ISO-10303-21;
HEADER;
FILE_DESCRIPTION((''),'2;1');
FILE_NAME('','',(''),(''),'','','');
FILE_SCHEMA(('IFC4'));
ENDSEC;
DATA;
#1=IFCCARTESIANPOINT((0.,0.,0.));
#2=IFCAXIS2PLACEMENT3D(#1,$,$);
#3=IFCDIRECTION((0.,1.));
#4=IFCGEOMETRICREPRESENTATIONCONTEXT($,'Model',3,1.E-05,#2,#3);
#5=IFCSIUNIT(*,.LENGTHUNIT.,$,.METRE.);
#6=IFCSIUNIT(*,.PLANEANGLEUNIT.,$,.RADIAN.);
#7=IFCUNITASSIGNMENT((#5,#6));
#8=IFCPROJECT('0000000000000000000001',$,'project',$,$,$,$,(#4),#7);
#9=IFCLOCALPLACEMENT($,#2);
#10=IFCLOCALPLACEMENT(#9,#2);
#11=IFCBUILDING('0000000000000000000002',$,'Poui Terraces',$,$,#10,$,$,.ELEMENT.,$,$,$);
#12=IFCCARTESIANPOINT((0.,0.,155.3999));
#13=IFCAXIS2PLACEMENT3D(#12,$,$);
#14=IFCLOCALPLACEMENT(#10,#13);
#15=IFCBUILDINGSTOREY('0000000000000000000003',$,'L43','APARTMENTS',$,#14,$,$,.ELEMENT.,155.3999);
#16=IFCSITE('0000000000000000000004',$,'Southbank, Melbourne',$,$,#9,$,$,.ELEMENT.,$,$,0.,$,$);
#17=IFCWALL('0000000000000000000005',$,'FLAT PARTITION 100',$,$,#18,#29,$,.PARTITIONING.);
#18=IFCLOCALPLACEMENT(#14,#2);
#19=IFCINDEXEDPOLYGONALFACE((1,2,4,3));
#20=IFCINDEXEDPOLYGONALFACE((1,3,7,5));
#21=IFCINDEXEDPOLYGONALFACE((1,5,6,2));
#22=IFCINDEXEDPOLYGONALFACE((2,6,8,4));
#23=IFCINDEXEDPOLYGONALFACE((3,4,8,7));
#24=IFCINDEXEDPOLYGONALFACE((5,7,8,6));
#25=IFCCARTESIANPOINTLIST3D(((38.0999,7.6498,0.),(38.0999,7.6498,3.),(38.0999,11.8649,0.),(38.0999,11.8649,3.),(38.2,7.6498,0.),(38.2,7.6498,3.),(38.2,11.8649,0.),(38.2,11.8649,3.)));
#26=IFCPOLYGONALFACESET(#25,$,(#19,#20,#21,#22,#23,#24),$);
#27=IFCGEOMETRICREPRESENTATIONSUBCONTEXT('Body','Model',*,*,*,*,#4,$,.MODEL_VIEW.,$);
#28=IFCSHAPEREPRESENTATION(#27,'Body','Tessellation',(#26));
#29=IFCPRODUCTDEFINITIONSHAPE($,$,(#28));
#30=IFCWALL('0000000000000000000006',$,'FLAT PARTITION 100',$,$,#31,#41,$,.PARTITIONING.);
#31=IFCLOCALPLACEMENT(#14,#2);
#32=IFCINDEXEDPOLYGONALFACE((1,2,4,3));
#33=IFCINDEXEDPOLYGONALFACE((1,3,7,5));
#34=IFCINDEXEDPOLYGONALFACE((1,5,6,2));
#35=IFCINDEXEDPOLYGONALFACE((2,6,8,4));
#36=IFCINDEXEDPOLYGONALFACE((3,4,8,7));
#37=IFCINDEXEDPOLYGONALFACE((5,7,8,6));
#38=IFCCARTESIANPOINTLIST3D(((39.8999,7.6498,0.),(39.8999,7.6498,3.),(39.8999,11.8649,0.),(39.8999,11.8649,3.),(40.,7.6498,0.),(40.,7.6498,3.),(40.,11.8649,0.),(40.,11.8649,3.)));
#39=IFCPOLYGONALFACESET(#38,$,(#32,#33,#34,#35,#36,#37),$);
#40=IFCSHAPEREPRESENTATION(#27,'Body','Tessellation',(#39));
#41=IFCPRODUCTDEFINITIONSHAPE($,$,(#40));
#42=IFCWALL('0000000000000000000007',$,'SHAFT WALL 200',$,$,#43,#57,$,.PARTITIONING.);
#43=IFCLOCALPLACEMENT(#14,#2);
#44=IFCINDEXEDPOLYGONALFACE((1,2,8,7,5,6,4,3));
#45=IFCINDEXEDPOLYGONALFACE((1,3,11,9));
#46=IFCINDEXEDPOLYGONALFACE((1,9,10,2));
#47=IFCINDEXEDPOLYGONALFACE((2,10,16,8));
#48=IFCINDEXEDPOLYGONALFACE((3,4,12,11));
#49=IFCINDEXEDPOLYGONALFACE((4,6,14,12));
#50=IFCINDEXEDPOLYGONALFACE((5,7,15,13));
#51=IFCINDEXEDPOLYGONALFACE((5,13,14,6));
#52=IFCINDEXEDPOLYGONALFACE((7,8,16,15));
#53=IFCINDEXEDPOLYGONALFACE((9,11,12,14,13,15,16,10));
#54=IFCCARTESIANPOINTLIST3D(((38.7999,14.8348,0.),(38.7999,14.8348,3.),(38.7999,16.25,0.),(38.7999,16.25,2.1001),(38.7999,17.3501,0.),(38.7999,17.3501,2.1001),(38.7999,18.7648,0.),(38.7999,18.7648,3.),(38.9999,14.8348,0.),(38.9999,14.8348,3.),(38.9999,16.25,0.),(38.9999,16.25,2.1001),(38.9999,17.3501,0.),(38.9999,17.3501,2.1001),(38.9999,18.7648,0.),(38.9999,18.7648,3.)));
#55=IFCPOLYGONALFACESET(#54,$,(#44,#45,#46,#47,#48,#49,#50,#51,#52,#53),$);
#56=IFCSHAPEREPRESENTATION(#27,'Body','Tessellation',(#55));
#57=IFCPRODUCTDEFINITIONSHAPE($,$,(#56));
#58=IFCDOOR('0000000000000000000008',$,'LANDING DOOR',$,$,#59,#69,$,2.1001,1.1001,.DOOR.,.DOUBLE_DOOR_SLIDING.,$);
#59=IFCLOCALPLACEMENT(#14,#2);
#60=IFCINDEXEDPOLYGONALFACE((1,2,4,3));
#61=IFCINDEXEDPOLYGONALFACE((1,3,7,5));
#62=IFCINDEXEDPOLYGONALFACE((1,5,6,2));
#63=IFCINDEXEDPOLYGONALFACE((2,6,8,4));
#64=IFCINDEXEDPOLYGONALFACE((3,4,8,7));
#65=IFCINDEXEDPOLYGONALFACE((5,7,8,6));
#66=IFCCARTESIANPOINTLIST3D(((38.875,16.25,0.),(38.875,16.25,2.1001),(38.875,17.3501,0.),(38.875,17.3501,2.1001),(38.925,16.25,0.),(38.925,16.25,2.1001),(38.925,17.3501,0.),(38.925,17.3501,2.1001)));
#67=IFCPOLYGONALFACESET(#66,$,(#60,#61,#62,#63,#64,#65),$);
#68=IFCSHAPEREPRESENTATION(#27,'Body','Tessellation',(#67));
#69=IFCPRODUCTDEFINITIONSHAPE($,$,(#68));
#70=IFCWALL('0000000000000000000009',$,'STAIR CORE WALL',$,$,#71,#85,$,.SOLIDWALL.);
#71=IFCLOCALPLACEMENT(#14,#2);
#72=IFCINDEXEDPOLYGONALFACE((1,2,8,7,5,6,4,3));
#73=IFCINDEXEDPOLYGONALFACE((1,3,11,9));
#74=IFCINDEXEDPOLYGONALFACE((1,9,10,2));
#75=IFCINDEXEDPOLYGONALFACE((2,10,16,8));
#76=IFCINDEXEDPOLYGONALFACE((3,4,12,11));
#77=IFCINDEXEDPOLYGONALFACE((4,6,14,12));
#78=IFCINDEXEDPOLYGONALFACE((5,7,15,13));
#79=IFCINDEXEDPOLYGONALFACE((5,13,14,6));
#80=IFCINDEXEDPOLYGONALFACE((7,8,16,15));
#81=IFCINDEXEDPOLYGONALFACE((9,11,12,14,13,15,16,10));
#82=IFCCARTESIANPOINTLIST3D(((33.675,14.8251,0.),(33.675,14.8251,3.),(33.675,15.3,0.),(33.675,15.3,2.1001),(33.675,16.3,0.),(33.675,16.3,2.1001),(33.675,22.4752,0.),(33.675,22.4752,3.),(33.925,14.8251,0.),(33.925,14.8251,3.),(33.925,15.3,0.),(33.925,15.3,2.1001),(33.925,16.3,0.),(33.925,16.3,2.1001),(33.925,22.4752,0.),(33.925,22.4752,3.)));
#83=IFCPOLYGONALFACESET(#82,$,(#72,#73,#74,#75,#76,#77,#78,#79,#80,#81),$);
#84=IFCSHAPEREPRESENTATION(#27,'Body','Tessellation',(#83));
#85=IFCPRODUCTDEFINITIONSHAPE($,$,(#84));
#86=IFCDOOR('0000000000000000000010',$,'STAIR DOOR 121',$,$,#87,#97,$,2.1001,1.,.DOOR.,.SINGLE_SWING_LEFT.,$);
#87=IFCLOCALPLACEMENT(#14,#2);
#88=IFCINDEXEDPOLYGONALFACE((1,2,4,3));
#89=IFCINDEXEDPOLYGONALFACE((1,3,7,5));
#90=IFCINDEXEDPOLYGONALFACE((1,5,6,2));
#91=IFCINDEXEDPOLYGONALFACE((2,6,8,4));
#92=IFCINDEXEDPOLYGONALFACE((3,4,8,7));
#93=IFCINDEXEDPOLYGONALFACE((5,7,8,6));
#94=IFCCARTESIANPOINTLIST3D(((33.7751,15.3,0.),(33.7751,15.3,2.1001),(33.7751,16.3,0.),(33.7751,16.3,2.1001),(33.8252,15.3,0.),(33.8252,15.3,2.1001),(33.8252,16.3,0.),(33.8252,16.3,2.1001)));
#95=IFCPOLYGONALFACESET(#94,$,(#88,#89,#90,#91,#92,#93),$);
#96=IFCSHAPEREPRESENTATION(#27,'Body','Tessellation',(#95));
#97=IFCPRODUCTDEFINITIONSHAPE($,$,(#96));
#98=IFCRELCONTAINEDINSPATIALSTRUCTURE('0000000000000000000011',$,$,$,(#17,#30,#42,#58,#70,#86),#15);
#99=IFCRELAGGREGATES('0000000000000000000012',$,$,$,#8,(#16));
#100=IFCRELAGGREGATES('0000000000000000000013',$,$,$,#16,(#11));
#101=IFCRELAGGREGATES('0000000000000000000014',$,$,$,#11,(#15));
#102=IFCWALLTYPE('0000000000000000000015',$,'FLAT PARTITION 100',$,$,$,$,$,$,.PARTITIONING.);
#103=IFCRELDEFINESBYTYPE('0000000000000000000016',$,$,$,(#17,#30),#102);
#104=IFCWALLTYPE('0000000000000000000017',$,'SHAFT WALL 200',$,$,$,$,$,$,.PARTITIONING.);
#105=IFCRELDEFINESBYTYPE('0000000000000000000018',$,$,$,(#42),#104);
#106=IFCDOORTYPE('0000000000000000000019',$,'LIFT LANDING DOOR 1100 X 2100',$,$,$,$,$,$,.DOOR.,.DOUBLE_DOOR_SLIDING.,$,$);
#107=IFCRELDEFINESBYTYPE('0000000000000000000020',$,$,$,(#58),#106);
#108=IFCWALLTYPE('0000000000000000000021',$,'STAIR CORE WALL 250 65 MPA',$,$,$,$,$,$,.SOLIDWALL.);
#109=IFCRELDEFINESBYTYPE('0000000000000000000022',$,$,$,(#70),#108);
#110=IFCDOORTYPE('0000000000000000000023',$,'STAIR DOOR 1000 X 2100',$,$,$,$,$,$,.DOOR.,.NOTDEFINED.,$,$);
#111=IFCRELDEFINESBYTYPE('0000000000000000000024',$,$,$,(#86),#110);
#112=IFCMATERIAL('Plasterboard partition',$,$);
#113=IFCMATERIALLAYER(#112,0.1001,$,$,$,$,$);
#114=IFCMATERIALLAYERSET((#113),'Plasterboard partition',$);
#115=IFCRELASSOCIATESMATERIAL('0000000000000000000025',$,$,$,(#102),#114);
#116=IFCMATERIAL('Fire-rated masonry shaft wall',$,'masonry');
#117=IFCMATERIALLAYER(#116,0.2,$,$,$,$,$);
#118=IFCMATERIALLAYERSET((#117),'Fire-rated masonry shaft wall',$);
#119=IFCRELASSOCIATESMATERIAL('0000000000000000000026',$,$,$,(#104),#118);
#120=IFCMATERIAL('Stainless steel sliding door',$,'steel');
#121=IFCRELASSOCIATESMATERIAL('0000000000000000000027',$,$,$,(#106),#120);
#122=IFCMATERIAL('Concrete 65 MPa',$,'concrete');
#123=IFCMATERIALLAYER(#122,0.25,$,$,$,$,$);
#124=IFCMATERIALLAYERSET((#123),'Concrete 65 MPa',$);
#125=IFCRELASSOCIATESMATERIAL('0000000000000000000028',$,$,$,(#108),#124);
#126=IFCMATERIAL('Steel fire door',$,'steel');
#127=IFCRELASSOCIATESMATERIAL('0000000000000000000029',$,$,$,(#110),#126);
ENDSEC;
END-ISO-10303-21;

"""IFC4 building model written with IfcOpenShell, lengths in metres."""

from ifc_helpers import new_model, si_unit, direction, frame, frame_2d, origin, place, context, subcontext, project, spatial, rectangle, extrude, material, layer, layer_set, type_object, element, fill, save


model = new_model("IFC4")

# Units and contexts
model_context = context("Model", 3, precision=1e-05, world=origin(), true_north=direction((0.0, 1.0)))
body_context = subcontext(model_context, "Body", "Model", "MODEL_VIEW")
ifc_project = project(units=[si_unit("LENGTHUNIT", "METRE"), si_unit("PLANEANGLEUNIT", "RADIAN")], contexts=[model_context])

# Site, building, storey
site_placement = place(None, origin())
site = spatial("IfcSite", under=ifc_project, at=site_placement, Name="Southbank, Melbourne", CompositionType="ELEMENT", RefElevation=0.0)
building_placement = place(site_placement, origin())
building = spatial("IfcBuilding", under=site, at=building_placement, Name="Poui Terraces", CompositionType="ELEMENT")
storey_placement = place(building_placement, frame((0.0, 0.0, 155.3999)))
storey = spatial("IfcBuildingStorey", under=building, at=storey_placement, Name="L43", Description="APARTMENTS", CompositionType="ELEMENT", Elevation=155.3999)

# Shared definitions
ifc_material_1 = material(Name="Concrete 65 MPa", Category="concrete")

# Shared definitions
ifc_material_2 = material(Name="Steel fire door", Category="steel")

# Shared definitions
ifc_material_3 = material(Name="Plasterboard partition")
ifc_layer_1 = layer(ifc_material_3, 0.1001)
ifc_layer_set_1 = layer_set([ifc_layer_1], Name="Plasterboard partition")
wall_type_1 = type_object("IfcWallType", Name="FLAT PARTITION 100", PredefinedType="PARTITIONING", material=ifc_layer_set_1)

# Walls
for number, where, z_axis, x_axis, name in (
    (1, (38.1499, 7.6499, 0.0), (0.0, 0.0, 1.0), (0.0, 1.0, 0.0), "FLAT PARTITION 100"),
    (2, (39.95, 7.6499, 0.0), (0.0, 0.0, 1.0), (0.0, 1.0, 0.0), "FLAT PARTITION 100"),
):
    element("IfcWall", number, at=place(storey_placement, frame(where, z_axis=z_axis, x_axis=x_axis)), inside=storey, type_object=wall_type_1, Name=name, PredefinedType="PARTITIONING", context=body_context, shape_type="SweptSolid", body=[
        extrude(rectangle(XDim=4.2151, YDim=0.1001, at=frame_2d((2.1074, 0.0))), origin(), (0.0, 0.0, 1.0), 3.0),
    ])

# Wall, opening, door
ifc_material_4 = material(Name="Fire-rated masonry shaft wall", Category="masonry")
ifc_layer_2 = layer(ifc_material_4, 0.2)
ifc_layer_set_2 = layer_set([ifc_layer_2], Name="Fire-rated masonry shaft wall")
wall_type_2 = type_object("IfcWallType", Name="SHAFT WALL 200", PredefinedType="PARTITIONING", material=ifc_layer_set_2)
wall_1_placement = place(storey_placement, frame((38.8999, 14.835, 0.0), z_axis=(0.0, 0.0, 1.0), x_axis=(0.0, 1.0, 0.0)))
wall_1 = element("IfcWall", 3, at=wall_1_placement, inside=storey, type_object=wall_type_2, Name="SHAFT WALL 200", PredefinedType="PARTITIONING", context=body_context, shape_type="SweptSolid", body=[
    extrude(rectangle(XDim=3.9299, YDim=0.2, at=frame_2d((1.9648, 0.0))), origin(), (0.0, 0.0, 1.0), 3.0),
])
opening_1_placement = place(wall_1_placement, frame((1.415, 0.0, 0.0)))
opening_1 = element("IfcOpeningElement", 4, at=opening_1_placement, cuts=wall_1, PredefinedType="OPENING", context=body_context, shape_type="SweptSolid", body=[
    extrude(rectangle(XDim=1.1001, YDim=2.1001, at=frame_2d((0.55, 1.05))), frame((0.0, 0.1099, 0.0), z_axis=(0.0, -1.0, 0.0), x_axis=(1.0, 0.0, 0.0)), (0.0, 0.0, 1.0), 0.22),
])
ifc_material_5 = material(Name="Stainless steel sliding door", Category="steel")
door_type_1 = type_object("IfcDoorType", Name="LIFT LANDING DOOR 1100 X 2100", OperationType="DOUBLE_DOOR_SLIDING", PredefinedType="DOOR", material=ifc_material_5)
door_1_placement = place(opening_1_placement, origin())
door_1 = element("IfcDoor", 5, at=door_1_placement, inside=storey, type_object=door_type_1, Name="LANDING DOOR", OperationType="DOUBLE_DOOR_SLIDING", OverallHeight=2.1001, OverallWidth=1.1001, PredefinedType="DOOR", context=body_context, shape_type="SweptSolid", body=[
    extrude(rectangle(XDim=1.1001, YDim=2.1001, at=frame_2d((0.55, 1.05))), frame((0.0, 0.0249, 0.0), z_axis=(0.0, -1.0, 0.0), x_axis=(1.0, 0.0, 0.0)), (0.0, 0.0, 1.0), 0.05),
])
fill(opening_1, door_1)

# Wall, opening, door
ifc_layer_3 = layer(ifc_material_1, 0.25)
ifc_layer_set_3 = layer_set([ifc_layer_3], Name="Concrete 65 MPa")
wall_type_3 = type_object("IfcWallType", Name="STAIR CORE WALL 250 65 MPA", PredefinedType="SOLIDWALL", material=ifc_layer_set_3)
wall_2_placement = place(storey_placement, frame((33.8, 14.825, 0.0), z_axis=(0.0, 0.0, 1.0), x_axis=(0.0, 1.0, 0.0)))
wall_2 = element("IfcWall", 6, at=wall_2_placement, inside=storey, type_object=wall_type_3, Name="STAIR CORE WALL", PredefinedType="SOLIDWALL", context=body_context, shape_type="SweptSolid", body=[
    extrude(rectangle(XDim=7.6501, YDim=0.25, at=frame_2d((3.8252, 0.0))), origin(), (0.0, 0.0, 1.0), 3.0),
])
opening_2_placement = place(wall_2_placement, frame((0.4751, 0.0, 0.0)))
opening_2 = element("IfcOpeningElement", 7, at=opening_2_placement, cuts=wall_2, PredefinedType="OPENING", context=body_context, shape_type="SweptSolid", body=[
    extrude(rectangle(XDim=1.0, YDim=2.1001, at=frame_2d((0.5, 1.05))), frame((0.0, 0.135, 0.0), z_axis=(0.0, -1.0, 0.0), x_axis=(1.0, 0.0, 0.0)), (0.0, 0.0, 1.0), 0.27),
])
door_type_2 = type_object("IfcDoorType", Name="STAIR DOOR 1000 X 2100", OperationType="NOTDEFINED", PredefinedType="DOOR", material=ifc_material_2)
door_2_placement = place(opening_2_placement, origin())
door_2 = element("IfcDoor", 8, at=door_2_placement, inside=storey, type_object=door_type_2, Name="STAIR DOOR 121", OperationType="SINGLE_SWING_LEFT", OverallHeight=2.1001, OverallWidth=1.0, PredefinedType="DOOR", context=body_context, shape_type="SweptSolid", body=[
    extrude(rectangle(XDim=1.0, YDim=2.1001, at=frame_2d((0.5, 1.05))), frame((0.0, 0.0249, 0.0), z_axis=(0.0, -1.0, 0.0), x_axis=(1.0, 0.0, 0.0)), (0.0, 0.0, 1.0), 0.05),
])
fill(opening_2, door_2)

save(model, "model.ifc")
